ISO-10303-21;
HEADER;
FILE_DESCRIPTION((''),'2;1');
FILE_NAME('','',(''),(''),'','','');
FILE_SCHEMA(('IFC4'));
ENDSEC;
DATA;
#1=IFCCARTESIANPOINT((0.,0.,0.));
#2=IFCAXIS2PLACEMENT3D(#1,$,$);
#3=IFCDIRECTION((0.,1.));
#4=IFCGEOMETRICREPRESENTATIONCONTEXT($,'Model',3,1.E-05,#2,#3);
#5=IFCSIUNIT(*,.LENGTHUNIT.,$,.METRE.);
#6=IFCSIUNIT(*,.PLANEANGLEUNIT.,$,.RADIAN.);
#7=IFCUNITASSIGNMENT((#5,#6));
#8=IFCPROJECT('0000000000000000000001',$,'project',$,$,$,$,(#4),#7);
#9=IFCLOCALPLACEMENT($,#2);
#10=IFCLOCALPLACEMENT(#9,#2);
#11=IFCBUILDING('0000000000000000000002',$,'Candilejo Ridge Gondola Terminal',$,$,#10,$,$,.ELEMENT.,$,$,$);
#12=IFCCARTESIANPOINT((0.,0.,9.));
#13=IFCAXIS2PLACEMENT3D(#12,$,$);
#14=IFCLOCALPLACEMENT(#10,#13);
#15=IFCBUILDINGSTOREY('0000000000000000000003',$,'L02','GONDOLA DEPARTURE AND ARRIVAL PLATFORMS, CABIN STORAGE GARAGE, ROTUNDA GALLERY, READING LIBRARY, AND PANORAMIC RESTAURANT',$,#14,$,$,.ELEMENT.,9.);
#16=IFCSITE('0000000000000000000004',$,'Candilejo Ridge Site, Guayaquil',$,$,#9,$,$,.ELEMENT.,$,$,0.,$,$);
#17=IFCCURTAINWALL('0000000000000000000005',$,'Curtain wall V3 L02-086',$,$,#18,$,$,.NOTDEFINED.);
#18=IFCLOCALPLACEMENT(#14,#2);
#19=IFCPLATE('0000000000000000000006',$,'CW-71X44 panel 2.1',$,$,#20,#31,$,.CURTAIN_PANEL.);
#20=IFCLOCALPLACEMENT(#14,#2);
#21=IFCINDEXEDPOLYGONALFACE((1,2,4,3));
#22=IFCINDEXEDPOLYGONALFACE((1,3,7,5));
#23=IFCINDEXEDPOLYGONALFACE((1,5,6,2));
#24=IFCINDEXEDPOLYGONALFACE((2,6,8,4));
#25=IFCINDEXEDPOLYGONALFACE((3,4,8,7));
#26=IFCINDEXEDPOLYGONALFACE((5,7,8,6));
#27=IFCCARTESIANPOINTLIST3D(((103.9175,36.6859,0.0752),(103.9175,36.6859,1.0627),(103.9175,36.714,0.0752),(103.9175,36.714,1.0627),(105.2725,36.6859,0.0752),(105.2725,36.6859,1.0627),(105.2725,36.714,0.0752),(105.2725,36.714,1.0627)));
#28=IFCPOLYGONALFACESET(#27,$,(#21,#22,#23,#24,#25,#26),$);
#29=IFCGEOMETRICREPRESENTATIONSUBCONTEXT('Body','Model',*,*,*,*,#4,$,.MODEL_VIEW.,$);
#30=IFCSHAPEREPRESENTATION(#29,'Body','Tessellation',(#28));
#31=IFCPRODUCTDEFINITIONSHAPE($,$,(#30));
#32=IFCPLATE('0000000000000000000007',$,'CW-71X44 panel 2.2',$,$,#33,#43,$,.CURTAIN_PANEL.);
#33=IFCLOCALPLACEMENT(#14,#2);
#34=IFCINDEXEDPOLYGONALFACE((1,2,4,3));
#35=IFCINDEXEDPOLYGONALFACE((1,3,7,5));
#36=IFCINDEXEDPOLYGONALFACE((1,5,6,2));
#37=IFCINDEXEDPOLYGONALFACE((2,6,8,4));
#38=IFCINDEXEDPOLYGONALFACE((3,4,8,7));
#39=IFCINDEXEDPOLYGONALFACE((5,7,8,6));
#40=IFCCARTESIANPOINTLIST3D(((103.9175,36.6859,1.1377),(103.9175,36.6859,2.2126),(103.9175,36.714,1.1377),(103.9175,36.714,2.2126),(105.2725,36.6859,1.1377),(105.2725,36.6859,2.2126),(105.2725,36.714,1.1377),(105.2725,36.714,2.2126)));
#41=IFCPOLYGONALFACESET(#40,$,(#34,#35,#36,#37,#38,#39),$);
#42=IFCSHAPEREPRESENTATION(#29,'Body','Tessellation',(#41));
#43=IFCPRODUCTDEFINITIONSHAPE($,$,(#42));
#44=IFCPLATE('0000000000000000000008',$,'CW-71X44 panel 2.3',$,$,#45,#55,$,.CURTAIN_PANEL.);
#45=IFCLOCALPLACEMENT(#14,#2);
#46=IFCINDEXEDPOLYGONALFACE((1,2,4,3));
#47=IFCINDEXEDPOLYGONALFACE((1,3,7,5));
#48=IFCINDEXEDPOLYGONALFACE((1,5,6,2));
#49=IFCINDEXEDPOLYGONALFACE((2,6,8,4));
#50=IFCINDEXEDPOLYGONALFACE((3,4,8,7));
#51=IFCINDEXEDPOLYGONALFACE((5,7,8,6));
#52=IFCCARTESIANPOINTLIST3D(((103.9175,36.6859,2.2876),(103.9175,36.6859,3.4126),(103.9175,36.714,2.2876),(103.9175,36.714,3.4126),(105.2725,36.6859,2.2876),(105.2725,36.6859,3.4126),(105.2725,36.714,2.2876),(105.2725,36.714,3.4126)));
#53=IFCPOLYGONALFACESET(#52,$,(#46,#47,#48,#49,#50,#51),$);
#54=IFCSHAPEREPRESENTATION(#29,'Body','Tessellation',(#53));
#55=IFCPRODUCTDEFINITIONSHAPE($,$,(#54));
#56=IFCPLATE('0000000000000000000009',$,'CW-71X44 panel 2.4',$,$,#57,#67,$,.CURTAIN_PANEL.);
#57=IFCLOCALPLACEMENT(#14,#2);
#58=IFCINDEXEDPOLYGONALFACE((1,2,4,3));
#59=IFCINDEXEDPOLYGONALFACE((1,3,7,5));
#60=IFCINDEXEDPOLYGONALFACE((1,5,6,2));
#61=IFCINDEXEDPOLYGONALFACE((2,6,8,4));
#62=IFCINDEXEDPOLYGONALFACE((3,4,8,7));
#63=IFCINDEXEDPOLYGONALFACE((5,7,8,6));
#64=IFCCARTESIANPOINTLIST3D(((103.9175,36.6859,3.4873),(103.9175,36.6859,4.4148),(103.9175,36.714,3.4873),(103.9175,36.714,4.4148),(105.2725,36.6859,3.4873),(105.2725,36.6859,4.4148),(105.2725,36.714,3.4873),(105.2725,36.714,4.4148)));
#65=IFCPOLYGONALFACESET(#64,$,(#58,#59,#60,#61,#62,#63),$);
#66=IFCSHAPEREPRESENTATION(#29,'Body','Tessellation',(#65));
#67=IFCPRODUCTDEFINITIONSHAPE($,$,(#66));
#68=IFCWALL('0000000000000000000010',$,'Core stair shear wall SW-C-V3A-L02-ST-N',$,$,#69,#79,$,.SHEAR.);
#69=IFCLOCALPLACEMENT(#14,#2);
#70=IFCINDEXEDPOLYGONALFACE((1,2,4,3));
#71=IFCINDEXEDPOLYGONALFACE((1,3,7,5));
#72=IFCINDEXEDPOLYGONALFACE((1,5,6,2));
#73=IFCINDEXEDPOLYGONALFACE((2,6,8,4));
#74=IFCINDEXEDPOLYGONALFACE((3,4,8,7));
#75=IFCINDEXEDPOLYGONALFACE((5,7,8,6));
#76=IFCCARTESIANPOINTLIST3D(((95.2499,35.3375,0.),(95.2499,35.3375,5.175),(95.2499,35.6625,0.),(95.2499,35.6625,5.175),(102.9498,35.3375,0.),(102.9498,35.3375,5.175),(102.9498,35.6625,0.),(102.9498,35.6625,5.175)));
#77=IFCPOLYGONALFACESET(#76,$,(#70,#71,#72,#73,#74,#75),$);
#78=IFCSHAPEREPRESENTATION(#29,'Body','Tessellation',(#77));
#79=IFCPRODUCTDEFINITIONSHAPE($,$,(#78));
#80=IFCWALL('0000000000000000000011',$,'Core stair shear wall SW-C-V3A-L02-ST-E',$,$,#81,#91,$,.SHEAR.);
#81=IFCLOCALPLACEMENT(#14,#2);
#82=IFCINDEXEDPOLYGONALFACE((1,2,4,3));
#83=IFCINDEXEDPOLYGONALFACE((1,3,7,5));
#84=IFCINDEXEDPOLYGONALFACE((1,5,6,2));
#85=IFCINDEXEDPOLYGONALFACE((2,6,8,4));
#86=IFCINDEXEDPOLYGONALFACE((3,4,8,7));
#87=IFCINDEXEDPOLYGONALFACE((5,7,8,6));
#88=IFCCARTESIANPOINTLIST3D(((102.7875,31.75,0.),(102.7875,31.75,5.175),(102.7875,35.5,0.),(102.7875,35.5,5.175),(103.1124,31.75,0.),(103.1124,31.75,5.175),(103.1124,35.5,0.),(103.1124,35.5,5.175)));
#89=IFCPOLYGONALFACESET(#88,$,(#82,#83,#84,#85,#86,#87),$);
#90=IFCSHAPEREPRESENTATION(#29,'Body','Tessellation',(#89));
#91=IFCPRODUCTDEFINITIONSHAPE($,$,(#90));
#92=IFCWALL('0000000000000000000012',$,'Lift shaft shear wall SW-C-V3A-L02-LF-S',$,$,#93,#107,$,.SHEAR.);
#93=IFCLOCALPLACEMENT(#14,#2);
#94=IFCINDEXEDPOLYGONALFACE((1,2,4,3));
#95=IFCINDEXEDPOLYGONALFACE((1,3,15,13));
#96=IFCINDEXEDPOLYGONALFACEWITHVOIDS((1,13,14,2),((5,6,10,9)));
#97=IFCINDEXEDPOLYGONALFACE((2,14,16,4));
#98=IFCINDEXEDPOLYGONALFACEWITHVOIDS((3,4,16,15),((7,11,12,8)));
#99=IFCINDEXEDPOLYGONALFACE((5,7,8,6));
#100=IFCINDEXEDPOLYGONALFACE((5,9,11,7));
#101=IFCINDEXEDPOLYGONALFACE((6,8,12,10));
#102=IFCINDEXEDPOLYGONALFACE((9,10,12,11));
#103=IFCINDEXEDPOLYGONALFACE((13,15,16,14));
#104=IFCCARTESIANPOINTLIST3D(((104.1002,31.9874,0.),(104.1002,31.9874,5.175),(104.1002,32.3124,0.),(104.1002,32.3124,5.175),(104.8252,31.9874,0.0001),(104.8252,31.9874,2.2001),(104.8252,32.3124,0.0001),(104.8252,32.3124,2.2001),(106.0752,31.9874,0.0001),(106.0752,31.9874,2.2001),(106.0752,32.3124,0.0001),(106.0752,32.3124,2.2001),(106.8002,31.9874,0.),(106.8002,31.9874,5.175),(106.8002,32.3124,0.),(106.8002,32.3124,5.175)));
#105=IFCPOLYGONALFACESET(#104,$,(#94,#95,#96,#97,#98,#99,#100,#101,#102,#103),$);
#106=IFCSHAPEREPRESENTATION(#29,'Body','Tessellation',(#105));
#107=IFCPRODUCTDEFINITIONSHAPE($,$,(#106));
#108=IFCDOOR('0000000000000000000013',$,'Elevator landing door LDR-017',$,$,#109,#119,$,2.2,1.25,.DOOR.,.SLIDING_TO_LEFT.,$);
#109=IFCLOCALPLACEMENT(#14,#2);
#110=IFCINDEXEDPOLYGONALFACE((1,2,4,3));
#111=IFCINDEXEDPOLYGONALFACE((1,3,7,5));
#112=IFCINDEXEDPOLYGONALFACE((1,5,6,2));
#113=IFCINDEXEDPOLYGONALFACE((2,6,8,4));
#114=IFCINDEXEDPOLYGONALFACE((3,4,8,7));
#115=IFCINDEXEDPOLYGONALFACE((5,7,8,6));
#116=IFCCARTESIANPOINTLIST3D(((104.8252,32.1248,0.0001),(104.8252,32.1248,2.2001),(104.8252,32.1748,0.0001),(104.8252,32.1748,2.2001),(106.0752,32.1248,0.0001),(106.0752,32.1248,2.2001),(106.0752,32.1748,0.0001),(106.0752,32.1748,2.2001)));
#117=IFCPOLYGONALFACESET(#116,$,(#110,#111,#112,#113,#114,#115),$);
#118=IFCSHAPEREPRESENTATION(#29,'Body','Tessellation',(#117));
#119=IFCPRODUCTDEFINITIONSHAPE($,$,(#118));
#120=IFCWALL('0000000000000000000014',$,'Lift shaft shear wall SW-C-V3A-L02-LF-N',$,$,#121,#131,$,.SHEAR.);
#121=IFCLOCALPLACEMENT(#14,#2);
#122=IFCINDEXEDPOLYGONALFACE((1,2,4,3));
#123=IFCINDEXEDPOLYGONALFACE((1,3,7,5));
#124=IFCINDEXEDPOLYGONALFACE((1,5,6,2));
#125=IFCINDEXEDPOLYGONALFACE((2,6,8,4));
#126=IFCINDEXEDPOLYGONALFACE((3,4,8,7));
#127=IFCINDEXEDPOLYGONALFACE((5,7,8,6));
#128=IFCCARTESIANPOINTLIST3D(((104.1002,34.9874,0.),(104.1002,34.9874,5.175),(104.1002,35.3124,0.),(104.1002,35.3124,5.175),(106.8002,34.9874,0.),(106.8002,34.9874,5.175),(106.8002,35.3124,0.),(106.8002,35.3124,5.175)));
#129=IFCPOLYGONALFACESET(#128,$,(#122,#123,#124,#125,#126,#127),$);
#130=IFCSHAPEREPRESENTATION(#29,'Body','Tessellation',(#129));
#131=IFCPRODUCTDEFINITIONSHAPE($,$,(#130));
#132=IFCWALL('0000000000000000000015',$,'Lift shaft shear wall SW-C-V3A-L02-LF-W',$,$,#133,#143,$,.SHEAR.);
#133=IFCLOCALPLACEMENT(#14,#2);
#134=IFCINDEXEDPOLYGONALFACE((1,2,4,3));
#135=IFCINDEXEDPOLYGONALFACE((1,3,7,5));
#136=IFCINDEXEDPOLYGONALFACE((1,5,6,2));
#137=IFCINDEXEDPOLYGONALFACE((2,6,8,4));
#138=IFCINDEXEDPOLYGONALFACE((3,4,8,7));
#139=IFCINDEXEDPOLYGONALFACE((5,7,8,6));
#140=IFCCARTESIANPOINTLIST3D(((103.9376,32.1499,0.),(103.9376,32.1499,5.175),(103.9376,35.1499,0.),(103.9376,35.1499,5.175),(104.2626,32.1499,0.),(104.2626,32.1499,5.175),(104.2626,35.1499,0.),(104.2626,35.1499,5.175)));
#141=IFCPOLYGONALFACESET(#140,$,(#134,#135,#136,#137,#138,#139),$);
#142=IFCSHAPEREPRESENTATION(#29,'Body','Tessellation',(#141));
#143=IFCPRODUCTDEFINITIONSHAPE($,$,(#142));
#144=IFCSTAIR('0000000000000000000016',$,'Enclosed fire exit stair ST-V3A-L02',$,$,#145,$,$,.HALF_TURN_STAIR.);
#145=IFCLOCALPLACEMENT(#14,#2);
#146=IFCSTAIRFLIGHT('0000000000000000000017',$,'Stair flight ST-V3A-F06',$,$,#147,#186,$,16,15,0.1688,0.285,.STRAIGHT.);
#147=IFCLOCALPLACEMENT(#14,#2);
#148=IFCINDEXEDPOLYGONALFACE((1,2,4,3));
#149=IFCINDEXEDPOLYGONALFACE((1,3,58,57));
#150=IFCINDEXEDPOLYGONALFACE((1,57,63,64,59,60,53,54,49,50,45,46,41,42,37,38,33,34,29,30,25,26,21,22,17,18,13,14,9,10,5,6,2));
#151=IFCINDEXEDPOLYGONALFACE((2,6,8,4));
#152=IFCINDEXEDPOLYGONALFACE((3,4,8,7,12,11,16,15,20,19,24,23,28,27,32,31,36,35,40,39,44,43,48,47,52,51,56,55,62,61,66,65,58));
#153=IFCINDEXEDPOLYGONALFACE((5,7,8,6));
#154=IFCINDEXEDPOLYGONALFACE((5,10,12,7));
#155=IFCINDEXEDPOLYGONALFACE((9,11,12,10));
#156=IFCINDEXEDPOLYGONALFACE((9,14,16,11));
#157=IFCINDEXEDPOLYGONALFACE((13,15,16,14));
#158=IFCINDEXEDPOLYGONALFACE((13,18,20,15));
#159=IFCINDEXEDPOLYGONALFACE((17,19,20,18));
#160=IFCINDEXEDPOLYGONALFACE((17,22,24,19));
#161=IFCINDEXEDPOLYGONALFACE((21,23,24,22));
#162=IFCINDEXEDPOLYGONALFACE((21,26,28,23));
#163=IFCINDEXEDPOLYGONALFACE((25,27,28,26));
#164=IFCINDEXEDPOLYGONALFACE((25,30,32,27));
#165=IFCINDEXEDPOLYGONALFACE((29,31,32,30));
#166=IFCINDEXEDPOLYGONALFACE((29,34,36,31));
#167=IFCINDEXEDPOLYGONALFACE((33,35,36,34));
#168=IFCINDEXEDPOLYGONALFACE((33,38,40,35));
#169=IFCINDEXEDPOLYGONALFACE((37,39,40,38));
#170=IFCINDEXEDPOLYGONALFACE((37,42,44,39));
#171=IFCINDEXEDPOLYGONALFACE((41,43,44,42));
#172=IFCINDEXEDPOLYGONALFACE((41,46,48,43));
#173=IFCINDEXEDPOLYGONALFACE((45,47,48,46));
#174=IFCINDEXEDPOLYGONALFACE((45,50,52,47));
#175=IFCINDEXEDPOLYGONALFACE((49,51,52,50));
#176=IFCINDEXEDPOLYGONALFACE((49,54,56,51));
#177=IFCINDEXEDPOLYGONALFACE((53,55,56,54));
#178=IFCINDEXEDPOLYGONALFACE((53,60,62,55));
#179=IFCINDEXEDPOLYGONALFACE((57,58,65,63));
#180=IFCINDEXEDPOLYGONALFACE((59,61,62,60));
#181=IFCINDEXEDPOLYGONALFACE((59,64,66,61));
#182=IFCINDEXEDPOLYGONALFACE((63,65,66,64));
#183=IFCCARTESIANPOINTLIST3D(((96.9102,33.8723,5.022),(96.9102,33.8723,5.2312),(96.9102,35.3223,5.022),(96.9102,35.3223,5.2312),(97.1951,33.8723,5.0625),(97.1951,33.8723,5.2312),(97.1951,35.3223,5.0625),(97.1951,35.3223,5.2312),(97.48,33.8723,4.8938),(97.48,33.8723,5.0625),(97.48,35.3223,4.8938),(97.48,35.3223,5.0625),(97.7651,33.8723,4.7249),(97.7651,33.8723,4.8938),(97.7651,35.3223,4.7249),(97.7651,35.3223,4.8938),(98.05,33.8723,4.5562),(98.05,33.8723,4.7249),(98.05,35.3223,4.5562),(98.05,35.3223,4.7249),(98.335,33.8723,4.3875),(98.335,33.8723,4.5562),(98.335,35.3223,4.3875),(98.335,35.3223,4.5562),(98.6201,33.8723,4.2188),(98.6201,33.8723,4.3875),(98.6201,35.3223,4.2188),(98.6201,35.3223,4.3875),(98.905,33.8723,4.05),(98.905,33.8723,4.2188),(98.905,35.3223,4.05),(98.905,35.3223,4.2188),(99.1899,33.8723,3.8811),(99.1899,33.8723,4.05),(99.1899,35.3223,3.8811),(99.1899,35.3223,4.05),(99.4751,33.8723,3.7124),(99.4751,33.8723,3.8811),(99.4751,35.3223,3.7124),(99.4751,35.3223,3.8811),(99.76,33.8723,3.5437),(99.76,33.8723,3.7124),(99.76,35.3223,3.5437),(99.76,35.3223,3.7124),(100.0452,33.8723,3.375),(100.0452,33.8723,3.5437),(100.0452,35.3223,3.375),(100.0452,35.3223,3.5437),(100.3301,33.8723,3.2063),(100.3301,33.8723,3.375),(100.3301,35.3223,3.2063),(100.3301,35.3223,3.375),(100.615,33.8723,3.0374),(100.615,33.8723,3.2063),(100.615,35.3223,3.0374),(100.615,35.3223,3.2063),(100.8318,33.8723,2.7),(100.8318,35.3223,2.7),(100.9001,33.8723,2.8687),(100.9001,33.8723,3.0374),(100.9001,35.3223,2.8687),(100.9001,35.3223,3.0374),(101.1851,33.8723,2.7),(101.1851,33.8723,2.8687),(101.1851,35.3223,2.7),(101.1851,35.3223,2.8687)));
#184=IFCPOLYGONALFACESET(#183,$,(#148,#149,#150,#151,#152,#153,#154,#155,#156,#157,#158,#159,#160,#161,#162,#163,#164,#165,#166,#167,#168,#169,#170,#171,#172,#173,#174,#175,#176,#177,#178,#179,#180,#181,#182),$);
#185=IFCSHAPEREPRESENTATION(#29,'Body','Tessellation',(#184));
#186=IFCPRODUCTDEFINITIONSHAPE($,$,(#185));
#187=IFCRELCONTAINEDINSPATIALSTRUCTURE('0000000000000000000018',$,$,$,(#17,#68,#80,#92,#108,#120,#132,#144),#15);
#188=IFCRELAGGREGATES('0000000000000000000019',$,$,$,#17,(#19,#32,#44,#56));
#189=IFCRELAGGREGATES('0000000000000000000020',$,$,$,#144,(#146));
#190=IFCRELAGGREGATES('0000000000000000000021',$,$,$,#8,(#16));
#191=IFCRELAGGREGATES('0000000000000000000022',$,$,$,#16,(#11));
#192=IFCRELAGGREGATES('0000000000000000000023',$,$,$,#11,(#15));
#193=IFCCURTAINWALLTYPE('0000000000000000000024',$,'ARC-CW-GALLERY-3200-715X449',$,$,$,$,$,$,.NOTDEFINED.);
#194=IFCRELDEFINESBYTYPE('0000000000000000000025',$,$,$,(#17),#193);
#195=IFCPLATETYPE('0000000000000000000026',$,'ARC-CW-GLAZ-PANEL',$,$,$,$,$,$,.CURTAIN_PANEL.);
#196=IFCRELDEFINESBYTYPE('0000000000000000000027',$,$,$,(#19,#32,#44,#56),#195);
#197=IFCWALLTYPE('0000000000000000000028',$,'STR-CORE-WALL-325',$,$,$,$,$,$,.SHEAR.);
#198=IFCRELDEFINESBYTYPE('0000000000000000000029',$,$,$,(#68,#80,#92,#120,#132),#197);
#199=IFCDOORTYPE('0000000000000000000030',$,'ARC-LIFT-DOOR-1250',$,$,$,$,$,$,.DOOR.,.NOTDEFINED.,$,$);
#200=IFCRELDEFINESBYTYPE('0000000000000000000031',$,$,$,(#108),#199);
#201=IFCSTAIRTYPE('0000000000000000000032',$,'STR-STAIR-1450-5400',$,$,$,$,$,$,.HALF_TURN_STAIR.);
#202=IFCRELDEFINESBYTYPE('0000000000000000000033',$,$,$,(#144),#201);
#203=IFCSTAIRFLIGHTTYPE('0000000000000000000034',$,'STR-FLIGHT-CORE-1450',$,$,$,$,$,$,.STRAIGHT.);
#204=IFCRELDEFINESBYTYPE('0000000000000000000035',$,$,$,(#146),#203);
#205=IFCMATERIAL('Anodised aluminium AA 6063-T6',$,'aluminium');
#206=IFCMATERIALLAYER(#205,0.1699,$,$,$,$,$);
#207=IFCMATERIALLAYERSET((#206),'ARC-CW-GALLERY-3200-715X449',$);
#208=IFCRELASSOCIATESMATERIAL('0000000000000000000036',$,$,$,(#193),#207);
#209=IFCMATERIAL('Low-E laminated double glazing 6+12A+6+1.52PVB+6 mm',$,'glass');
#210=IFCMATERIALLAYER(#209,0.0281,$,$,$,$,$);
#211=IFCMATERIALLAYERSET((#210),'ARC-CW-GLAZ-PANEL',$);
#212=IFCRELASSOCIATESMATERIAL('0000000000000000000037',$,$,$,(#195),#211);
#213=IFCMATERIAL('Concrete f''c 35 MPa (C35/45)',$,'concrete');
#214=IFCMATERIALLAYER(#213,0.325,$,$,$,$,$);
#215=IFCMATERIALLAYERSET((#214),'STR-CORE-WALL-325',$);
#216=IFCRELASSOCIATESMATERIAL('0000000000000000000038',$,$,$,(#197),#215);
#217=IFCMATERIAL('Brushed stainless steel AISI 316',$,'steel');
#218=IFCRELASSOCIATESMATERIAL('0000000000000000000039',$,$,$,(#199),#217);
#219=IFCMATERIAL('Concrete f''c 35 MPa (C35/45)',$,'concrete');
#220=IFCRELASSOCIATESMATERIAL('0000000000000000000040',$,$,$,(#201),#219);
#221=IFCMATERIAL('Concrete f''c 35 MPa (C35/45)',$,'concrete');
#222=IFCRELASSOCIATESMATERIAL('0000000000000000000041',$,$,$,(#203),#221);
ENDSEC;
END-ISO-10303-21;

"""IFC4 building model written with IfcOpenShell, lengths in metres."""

from ifc_helpers import new_model, si_unit, direction, frame, frame_2d, origin, origin_2d, place, context, subcontext, project, spatial, polyline, rectangle, outline, extrude, material, layer, layer_set, type_object, element, fill, aggregate, save


model = new_model("IFC4")

# Units and contexts
model_context = context("Model", 3, precision=1e-05, world=origin(), true_north=direction((0.0, 1.0)))
body_context = subcontext(model_context, "Body", "Model", "MODEL_VIEW")
ifc_project = project(units=[si_unit("LENGTHUNIT", "METRE"), si_unit("PLANEANGLEUNIT", "RADIAN")], contexts=[model_context])

# Site, building, storey
site_placement = place(None, origin())
site = spatial("IfcSite", under=ifc_project, at=site_placement, Name="Candilejo Ridge Site, Guayaquil", CompositionType="ELEMENT", RefElevation=0.0)
building_placement = place(site_placement, origin())
building = spatial("IfcBuilding", under=site, at=building_placement, Name="Candilejo Ridge Gondola Terminal", CompositionType="ELEMENT")
storey_placement = place(building_placement, frame((0.0, 0.0, 9.0)))
storey = spatial("IfcBuildingStorey", under=building, at=storey_placement, Name="L02", Description="GONDOLA DEPARTURE AND ARRIVAL PLATFORMS, CABIN STORAGE GARAGE, ROTUNDA GALLERY, READING LIBRARY, AND PANORAMIC RESTAURANT", CompositionType="ELEMENT", Elevation=9.0)

# Curtain wall
ifc_material_1 = material(Name="Anodised aluminium AA 6063-T6", Category="aluminium")
ifc_layer_1 = layer(ifc_material_1, 0.1699)
ifc_layer_set_1 = layer_set([ifc_layer_1], Name="ARC-CW-GALLERY-3200-715X449")
curtain_wall_type_1 = type_object("IfcCurtainWallType", Name="ARC-CW-GALLERY-3200-715X449", PredefinedType="NOTDEFINED", material=ifc_layer_set_1)
curtain_wall_1_placement = place(storey_placement, origin())
curtain_wall_1 = element("IfcCurtainWall", 1, at=curtain_wall_1_placement, inside=storey, type_object=curtain_wall_type_1, Name="Curtain wall V3 L02-086", PredefinedType="NOTDEFINED")

# Plates
ifc_material_2 = material(Name="Low-E laminated double glazing 6+12A+6+1.52PVB+6 mm", Category="glass")
ifc_layer_2 = layer(ifc_material_2, 0.0281)
ifc_layer_set_2 = layer_set([ifc_layer_2], Name="ARC-CW-GLAZ-PANEL")
plate_type = type_object("IfcPlateType", Name="ARC-CW-GLAZ-PANEL", PredefinedType="CURTAIN_PANEL", material=ifc_layer_set_2)
plate_1_placement = place(storey_placement, frame((104.595, 36.7, 0.0752), z_axis=(0.0, 0.0, 1.0), x_axis=(1.0, 0.0, 0.0)))
plate_1 = element("IfcPlate", 2, at=plate_1_placement, type_object=plate_type, Name="CW-71X44 panel 2.1", PredefinedType="CURTAIN_PANEL", context=body_context, shape_type="SweptSolid", body=[
    extrude(rectangle(XDim=1.355, YDim=0.0281, at=origin_2d()), origin(), (0.0, 0.0, 1.0), 0.9875),
])
plate_2_placement = place(storey_placement, frame((104.595, 36.7, 1.1377), z_axis=(0.0, 0.0, 1.0), x_axis=(1.0, 0.0, 0.0)))
plate_2 = element("IfcPlate", 3, at=plate_2_placement, type_object=plate_type, Name="CW-71X44 panel 2.2", PredefinedType="CURTAIN_PANEL", context=body_context, shape_type="SweptSolid", body=[
    extrude(rectangle(XDim=1.355, YDim=0.0281, at=origin_2d()), origin(), (0.0, 0.0, 1.0), 1.075),
])
plate_3_placement = place(storey_placement, frame((104.595, 36.7, 2.2876), z_axis=(0.0, 0.0, 1.0), x_axis=(1.0, 0.0, 0.0)))
plate_3 = element("IfcPlate", 4, at=plate_3_placement, type_object=plate_type, Name="CW-71X44 panel 2.3", PredefinedType="CURTAIN_PANEL", context=body_context, shape_type="SweptSolid", body=[
    extrude(rectangle(XDim=1.355, YDim=0.0281, at=origin_2d()), origin(), (0.0, 0.0, 1.0), 1.125),
])
plate_4_placement = place(storey_placement, frame((104.595, 36.7, 3.4873), z_axis=(0.0, 0.0, 1.0), x_axis=(1.0, 0.0, 0.0)))
plate_4 = element("IfcPlate", 5, at=plate_4_placement, type_object=plate_type, Name="CW-71X44 panel 2.4", PredefinedType="CURTAIN_PANEL", context=body_context, shape_type="SweptSolid", body=[
    extrude(rectangle(XDim=1.355, YDim=0.0281, at=origin_2d()), origin(), (0.0, 0.0, 1.0), 0.9275),
])
aggregate(curtain_wall_1, [plate_1, plate_2, plate_3, plate_4])

# Walls
ifc_material_3 = material(Name="Concrete f'c 35 MPa (C35/45)", Category="concrete")
ifc_layer_3 = layer(ifc_material_3, 0.325)
ifc_layer_set_3 = layer_set([ifc_layer_3], Name="STR-CORE-WALL-325")
wall_type = type_object("IfcWallType", Name="STR-CORE-WALL-325", PredefinedType="SHEAR", material=ifc_layer_set_3)
wall_1_placement = place(storey_placement, frame((102.95, 35.5, 0.0), z_axis=(0.0, 0.0, 1.0), x_axis=(-1.0, 0.0, 0.0)))
element("IfcWall", 6, at=wall_1_placement, inside=storey, type_object=wall_type, Name="Core stair shear wall SW-C-V3A-L02-ST-N", PredefinedType="SHEAR", context=body_context, shape_type="SweptSolid", body=[
    extrude(rectangle(XDim=7.7, YDim=0.325, at=frame_2d((3.8501, 0.0))), origin(), (0.0, 0.0, 1.0), 5.175),
])
wall_2_placement = place(storey_placement, frame((102.95, 31.75, 0.0), z_axis=(0.0, 0.0, 1.0), x_axis=(0.0, 1.0, 0.0)))
element("IfcWall", 7, at=wall_2_placement, inside=storey, type_object=wall_type, Name="Core stair shear wall SW-C-V3A-L02-ST-E", PredefinedType="SHEAR", context=body_context, shape_type="SweptSolid", body=[
    extrude(rectangle(XDim=3.75, YDim=0.325, at=frame_2d((1.875, 0.0))), origin(), (0.0, 0.0, 1.0), 5.175),
])

# Wall, opening, door
wall_3_placement = place(storey_placement, frame((104.1001, 32.1499, 0.0), z_axis=(0.0, 0.0, 1.0), x_axis=(1.0, 0.0, 0.0)))
wall_3 = element("IfcWall", 8, at=wall_3_placement, inside=storey, type_object=wall_type, Name="Lift shaft shear wall SW-C-V3A-L02-LF-S", PredefinedType="SHEAR", context=body_context, shape_type="SweptSolid", body=[
    extrude(rectangle(XDim=2.7, YDim=0.325, at=frame_2d((1.3501, 0.0))), origin(), (0.0, 0.0, 1.0), 5.175),
])
opening_placement = place(wall_3_placement, frame((0.7251, 0.0, 0.0)))
opening = element("IfcOpeningElement", 9, at=opening_placement, cuts=wall_3, PredefinedType="OPENING", context=body_context, shape_type="SweptSolid", body=[
    extrude(rectangle(XDim=1.25, YDim=2.2, at=frame_2d((0.625, 1.1001))), frame((0.0, 0.1724, 0.0), z_axis=(0.0, -1.0, 0.0), x_axis=(1.0, 0.0, 0.0)), (0.0, 0.0, 1.0), 0.345),
])
ifc_material_4 = material(Name="Brushed stainless steel AISI 316", Category="steel")
door_type = type_object("IfcDoorType", Name="ARC-LIFT-DOOR-1250", OperationType="NOTDEFINED", PredefinedType="DOOR", material=ifc_material_4)
door_placement = place(opening_placement, origin())
door = element("IfcDoor", 10, at=door_placement, inside=storey, type_object=door_type, Name="Elevator landing door LDR-017", OperationType="SLIDING_TO_LEFT", OverallHeight=2.2, OverallWidth=1.25, PredefinedType="DOOR", context=body_context, shape_type="SweptSolid", body=[
    extrude(rectangle(XDim=1.25, YDim=2.2, at=frame_2d((0.625, 1.1001))), frame((0.0, 0.0249, 0.0), z_axis=(0.0, -1.0, 0.0), x_axis=(1.0, 0.0, 0.0)), (0.0, 0.0, 1.0), 0.05),
])
fill(opening, door)

# Walls
wall_4_placement = place(storey_placement, frame((104.1001, 35.1499, 0.0), z_axis=(0.0, 0.0, 1.0), x_axis=(1.0, 0.0, 0.0)))
element("IfcWall", 11, at=wall_4_placement, inside=storey, type_object=wall_type, Name="Lift shaft shear wall SW-C-V3A-L02-LF-N", PredefinedType="SHEAR", context=body_context, shape_type="SweptSolid", body=[
    extrude(rectangle(XDim=2.7, YDim=0.325, at=frame_2d((1.3501, 0.0))), origin(), (0.0, 0.0, 1.0), 5.175),
])
wall_5_placement = place(storey_placement, frame((104.1001, 32.1499, 0.0), z_axis=(0.0, 0.0, 1.0), x_axis=(0.0, 1.0, 0.0)))
element("IfcWall", 12, at=wall_5_placement, inside=storey, type_object=wall_type, Name="Lift shaft shear wall SW-C-V3A-L02-LF-W", PredefinedType="SHEAR", context=body_context, shape_type="SweptSolid", body=[
    extrude(rectangle(XDim=3.0, YDim=0.325, at=frame_2d((1.5, 0.0))), origin(), (0.0, 0.0, 1.0), 5.175),
])

# Stair, stair flight
ifc_material_5 = material(Name="Concrete f'c 35 MPa (C35/45)", Category="concrete")
stair_type = type_object("IfcStairType", Name="STR-STAIR-1450-5400", PredefinedType="HALF_TURN_STAIR", material=ifc_material_5)
stair_placement = place(storey_placement, origin())
stair = element("IfcStair", 13, at=stair_placement, inside=storey, type_object=stair_type, Name="Enclosed fire exit stair ST-V3A-L02", PredefinedType="HALF_TURN_STAIR")
ifc_material_6 = material(Name="Concrete f'c 35 MPa (C35/45)", Category="concrete")
stair_flight_type = type_object("IfcStairFlightType", Name="STR-FLIGHT-CORE-1450", PredefinedType="STRAIGHT", material=ifc_material_6)
stair_flight_placement = place(storey_placement, frame((101.1851, 34.5974, 2.7), z_axis=(0.0, 0.0, 1.0), x_axis=(-1.0, 0.0, 0.0)))
stair_flight = element("IfcStairFlight", 14, at=stair_flight_placement, type_object=stair_flight_type, Name="Stair flight ST-V3A-F06", NumberOfRisers=16, NumberOfTreads=15, PredefinedType="STRAIGHT", RiserHeight=0.1688, TreadLength=0.285, context=body_context, shape_type="SweptSolid", body=[
    extrude(outline(polyline([(0.0, 0.0), (0.0, 0.1687), (0.2849, 0.1687), (0.2849, 0.3374), (0.5701, 0.3374), (0.5701, 0.5063), (0.855, 0.5063), (0.855, 0.675), (1.1399, 0.675), (1.1399, 0.8438), (1.425, 0.8438), (1.425, 1.0125), (1.71, 1.0125), (1.71, 1.1812), (1.9951, 1.1812), (1.9951, 1.3501), (2.28, 1.3501), (2.28, 1.5188), (2.5649, 1.5188), (2.5649, 1.6875), (2.8501, 1.6875), (2.8501, 1.8562), (3.135, 1.8562), (3.135, 2.0249), (3.4199, 2.0249), (3.4199, 2.1938), (3.7051, 2.1938), (3.7051, 2.3625), (3.99, 2.3625), (3.99, 2.5312), (4.2749, 2.5312), (4.2749, 2.7), (4.2749, 2.322), (0.3533, 0.0), (0.0, 0.0)])), frame((0.0, 0.7251, 0.0), z_axis=(0.0, -1.0, 0.0), x_axis=(1.0, 0.0, 0.0)), (0.0, 0.0, 1.0), 1.45),
])
aggregate(stair, [stair_flight])

save(model, "model.ifc")
